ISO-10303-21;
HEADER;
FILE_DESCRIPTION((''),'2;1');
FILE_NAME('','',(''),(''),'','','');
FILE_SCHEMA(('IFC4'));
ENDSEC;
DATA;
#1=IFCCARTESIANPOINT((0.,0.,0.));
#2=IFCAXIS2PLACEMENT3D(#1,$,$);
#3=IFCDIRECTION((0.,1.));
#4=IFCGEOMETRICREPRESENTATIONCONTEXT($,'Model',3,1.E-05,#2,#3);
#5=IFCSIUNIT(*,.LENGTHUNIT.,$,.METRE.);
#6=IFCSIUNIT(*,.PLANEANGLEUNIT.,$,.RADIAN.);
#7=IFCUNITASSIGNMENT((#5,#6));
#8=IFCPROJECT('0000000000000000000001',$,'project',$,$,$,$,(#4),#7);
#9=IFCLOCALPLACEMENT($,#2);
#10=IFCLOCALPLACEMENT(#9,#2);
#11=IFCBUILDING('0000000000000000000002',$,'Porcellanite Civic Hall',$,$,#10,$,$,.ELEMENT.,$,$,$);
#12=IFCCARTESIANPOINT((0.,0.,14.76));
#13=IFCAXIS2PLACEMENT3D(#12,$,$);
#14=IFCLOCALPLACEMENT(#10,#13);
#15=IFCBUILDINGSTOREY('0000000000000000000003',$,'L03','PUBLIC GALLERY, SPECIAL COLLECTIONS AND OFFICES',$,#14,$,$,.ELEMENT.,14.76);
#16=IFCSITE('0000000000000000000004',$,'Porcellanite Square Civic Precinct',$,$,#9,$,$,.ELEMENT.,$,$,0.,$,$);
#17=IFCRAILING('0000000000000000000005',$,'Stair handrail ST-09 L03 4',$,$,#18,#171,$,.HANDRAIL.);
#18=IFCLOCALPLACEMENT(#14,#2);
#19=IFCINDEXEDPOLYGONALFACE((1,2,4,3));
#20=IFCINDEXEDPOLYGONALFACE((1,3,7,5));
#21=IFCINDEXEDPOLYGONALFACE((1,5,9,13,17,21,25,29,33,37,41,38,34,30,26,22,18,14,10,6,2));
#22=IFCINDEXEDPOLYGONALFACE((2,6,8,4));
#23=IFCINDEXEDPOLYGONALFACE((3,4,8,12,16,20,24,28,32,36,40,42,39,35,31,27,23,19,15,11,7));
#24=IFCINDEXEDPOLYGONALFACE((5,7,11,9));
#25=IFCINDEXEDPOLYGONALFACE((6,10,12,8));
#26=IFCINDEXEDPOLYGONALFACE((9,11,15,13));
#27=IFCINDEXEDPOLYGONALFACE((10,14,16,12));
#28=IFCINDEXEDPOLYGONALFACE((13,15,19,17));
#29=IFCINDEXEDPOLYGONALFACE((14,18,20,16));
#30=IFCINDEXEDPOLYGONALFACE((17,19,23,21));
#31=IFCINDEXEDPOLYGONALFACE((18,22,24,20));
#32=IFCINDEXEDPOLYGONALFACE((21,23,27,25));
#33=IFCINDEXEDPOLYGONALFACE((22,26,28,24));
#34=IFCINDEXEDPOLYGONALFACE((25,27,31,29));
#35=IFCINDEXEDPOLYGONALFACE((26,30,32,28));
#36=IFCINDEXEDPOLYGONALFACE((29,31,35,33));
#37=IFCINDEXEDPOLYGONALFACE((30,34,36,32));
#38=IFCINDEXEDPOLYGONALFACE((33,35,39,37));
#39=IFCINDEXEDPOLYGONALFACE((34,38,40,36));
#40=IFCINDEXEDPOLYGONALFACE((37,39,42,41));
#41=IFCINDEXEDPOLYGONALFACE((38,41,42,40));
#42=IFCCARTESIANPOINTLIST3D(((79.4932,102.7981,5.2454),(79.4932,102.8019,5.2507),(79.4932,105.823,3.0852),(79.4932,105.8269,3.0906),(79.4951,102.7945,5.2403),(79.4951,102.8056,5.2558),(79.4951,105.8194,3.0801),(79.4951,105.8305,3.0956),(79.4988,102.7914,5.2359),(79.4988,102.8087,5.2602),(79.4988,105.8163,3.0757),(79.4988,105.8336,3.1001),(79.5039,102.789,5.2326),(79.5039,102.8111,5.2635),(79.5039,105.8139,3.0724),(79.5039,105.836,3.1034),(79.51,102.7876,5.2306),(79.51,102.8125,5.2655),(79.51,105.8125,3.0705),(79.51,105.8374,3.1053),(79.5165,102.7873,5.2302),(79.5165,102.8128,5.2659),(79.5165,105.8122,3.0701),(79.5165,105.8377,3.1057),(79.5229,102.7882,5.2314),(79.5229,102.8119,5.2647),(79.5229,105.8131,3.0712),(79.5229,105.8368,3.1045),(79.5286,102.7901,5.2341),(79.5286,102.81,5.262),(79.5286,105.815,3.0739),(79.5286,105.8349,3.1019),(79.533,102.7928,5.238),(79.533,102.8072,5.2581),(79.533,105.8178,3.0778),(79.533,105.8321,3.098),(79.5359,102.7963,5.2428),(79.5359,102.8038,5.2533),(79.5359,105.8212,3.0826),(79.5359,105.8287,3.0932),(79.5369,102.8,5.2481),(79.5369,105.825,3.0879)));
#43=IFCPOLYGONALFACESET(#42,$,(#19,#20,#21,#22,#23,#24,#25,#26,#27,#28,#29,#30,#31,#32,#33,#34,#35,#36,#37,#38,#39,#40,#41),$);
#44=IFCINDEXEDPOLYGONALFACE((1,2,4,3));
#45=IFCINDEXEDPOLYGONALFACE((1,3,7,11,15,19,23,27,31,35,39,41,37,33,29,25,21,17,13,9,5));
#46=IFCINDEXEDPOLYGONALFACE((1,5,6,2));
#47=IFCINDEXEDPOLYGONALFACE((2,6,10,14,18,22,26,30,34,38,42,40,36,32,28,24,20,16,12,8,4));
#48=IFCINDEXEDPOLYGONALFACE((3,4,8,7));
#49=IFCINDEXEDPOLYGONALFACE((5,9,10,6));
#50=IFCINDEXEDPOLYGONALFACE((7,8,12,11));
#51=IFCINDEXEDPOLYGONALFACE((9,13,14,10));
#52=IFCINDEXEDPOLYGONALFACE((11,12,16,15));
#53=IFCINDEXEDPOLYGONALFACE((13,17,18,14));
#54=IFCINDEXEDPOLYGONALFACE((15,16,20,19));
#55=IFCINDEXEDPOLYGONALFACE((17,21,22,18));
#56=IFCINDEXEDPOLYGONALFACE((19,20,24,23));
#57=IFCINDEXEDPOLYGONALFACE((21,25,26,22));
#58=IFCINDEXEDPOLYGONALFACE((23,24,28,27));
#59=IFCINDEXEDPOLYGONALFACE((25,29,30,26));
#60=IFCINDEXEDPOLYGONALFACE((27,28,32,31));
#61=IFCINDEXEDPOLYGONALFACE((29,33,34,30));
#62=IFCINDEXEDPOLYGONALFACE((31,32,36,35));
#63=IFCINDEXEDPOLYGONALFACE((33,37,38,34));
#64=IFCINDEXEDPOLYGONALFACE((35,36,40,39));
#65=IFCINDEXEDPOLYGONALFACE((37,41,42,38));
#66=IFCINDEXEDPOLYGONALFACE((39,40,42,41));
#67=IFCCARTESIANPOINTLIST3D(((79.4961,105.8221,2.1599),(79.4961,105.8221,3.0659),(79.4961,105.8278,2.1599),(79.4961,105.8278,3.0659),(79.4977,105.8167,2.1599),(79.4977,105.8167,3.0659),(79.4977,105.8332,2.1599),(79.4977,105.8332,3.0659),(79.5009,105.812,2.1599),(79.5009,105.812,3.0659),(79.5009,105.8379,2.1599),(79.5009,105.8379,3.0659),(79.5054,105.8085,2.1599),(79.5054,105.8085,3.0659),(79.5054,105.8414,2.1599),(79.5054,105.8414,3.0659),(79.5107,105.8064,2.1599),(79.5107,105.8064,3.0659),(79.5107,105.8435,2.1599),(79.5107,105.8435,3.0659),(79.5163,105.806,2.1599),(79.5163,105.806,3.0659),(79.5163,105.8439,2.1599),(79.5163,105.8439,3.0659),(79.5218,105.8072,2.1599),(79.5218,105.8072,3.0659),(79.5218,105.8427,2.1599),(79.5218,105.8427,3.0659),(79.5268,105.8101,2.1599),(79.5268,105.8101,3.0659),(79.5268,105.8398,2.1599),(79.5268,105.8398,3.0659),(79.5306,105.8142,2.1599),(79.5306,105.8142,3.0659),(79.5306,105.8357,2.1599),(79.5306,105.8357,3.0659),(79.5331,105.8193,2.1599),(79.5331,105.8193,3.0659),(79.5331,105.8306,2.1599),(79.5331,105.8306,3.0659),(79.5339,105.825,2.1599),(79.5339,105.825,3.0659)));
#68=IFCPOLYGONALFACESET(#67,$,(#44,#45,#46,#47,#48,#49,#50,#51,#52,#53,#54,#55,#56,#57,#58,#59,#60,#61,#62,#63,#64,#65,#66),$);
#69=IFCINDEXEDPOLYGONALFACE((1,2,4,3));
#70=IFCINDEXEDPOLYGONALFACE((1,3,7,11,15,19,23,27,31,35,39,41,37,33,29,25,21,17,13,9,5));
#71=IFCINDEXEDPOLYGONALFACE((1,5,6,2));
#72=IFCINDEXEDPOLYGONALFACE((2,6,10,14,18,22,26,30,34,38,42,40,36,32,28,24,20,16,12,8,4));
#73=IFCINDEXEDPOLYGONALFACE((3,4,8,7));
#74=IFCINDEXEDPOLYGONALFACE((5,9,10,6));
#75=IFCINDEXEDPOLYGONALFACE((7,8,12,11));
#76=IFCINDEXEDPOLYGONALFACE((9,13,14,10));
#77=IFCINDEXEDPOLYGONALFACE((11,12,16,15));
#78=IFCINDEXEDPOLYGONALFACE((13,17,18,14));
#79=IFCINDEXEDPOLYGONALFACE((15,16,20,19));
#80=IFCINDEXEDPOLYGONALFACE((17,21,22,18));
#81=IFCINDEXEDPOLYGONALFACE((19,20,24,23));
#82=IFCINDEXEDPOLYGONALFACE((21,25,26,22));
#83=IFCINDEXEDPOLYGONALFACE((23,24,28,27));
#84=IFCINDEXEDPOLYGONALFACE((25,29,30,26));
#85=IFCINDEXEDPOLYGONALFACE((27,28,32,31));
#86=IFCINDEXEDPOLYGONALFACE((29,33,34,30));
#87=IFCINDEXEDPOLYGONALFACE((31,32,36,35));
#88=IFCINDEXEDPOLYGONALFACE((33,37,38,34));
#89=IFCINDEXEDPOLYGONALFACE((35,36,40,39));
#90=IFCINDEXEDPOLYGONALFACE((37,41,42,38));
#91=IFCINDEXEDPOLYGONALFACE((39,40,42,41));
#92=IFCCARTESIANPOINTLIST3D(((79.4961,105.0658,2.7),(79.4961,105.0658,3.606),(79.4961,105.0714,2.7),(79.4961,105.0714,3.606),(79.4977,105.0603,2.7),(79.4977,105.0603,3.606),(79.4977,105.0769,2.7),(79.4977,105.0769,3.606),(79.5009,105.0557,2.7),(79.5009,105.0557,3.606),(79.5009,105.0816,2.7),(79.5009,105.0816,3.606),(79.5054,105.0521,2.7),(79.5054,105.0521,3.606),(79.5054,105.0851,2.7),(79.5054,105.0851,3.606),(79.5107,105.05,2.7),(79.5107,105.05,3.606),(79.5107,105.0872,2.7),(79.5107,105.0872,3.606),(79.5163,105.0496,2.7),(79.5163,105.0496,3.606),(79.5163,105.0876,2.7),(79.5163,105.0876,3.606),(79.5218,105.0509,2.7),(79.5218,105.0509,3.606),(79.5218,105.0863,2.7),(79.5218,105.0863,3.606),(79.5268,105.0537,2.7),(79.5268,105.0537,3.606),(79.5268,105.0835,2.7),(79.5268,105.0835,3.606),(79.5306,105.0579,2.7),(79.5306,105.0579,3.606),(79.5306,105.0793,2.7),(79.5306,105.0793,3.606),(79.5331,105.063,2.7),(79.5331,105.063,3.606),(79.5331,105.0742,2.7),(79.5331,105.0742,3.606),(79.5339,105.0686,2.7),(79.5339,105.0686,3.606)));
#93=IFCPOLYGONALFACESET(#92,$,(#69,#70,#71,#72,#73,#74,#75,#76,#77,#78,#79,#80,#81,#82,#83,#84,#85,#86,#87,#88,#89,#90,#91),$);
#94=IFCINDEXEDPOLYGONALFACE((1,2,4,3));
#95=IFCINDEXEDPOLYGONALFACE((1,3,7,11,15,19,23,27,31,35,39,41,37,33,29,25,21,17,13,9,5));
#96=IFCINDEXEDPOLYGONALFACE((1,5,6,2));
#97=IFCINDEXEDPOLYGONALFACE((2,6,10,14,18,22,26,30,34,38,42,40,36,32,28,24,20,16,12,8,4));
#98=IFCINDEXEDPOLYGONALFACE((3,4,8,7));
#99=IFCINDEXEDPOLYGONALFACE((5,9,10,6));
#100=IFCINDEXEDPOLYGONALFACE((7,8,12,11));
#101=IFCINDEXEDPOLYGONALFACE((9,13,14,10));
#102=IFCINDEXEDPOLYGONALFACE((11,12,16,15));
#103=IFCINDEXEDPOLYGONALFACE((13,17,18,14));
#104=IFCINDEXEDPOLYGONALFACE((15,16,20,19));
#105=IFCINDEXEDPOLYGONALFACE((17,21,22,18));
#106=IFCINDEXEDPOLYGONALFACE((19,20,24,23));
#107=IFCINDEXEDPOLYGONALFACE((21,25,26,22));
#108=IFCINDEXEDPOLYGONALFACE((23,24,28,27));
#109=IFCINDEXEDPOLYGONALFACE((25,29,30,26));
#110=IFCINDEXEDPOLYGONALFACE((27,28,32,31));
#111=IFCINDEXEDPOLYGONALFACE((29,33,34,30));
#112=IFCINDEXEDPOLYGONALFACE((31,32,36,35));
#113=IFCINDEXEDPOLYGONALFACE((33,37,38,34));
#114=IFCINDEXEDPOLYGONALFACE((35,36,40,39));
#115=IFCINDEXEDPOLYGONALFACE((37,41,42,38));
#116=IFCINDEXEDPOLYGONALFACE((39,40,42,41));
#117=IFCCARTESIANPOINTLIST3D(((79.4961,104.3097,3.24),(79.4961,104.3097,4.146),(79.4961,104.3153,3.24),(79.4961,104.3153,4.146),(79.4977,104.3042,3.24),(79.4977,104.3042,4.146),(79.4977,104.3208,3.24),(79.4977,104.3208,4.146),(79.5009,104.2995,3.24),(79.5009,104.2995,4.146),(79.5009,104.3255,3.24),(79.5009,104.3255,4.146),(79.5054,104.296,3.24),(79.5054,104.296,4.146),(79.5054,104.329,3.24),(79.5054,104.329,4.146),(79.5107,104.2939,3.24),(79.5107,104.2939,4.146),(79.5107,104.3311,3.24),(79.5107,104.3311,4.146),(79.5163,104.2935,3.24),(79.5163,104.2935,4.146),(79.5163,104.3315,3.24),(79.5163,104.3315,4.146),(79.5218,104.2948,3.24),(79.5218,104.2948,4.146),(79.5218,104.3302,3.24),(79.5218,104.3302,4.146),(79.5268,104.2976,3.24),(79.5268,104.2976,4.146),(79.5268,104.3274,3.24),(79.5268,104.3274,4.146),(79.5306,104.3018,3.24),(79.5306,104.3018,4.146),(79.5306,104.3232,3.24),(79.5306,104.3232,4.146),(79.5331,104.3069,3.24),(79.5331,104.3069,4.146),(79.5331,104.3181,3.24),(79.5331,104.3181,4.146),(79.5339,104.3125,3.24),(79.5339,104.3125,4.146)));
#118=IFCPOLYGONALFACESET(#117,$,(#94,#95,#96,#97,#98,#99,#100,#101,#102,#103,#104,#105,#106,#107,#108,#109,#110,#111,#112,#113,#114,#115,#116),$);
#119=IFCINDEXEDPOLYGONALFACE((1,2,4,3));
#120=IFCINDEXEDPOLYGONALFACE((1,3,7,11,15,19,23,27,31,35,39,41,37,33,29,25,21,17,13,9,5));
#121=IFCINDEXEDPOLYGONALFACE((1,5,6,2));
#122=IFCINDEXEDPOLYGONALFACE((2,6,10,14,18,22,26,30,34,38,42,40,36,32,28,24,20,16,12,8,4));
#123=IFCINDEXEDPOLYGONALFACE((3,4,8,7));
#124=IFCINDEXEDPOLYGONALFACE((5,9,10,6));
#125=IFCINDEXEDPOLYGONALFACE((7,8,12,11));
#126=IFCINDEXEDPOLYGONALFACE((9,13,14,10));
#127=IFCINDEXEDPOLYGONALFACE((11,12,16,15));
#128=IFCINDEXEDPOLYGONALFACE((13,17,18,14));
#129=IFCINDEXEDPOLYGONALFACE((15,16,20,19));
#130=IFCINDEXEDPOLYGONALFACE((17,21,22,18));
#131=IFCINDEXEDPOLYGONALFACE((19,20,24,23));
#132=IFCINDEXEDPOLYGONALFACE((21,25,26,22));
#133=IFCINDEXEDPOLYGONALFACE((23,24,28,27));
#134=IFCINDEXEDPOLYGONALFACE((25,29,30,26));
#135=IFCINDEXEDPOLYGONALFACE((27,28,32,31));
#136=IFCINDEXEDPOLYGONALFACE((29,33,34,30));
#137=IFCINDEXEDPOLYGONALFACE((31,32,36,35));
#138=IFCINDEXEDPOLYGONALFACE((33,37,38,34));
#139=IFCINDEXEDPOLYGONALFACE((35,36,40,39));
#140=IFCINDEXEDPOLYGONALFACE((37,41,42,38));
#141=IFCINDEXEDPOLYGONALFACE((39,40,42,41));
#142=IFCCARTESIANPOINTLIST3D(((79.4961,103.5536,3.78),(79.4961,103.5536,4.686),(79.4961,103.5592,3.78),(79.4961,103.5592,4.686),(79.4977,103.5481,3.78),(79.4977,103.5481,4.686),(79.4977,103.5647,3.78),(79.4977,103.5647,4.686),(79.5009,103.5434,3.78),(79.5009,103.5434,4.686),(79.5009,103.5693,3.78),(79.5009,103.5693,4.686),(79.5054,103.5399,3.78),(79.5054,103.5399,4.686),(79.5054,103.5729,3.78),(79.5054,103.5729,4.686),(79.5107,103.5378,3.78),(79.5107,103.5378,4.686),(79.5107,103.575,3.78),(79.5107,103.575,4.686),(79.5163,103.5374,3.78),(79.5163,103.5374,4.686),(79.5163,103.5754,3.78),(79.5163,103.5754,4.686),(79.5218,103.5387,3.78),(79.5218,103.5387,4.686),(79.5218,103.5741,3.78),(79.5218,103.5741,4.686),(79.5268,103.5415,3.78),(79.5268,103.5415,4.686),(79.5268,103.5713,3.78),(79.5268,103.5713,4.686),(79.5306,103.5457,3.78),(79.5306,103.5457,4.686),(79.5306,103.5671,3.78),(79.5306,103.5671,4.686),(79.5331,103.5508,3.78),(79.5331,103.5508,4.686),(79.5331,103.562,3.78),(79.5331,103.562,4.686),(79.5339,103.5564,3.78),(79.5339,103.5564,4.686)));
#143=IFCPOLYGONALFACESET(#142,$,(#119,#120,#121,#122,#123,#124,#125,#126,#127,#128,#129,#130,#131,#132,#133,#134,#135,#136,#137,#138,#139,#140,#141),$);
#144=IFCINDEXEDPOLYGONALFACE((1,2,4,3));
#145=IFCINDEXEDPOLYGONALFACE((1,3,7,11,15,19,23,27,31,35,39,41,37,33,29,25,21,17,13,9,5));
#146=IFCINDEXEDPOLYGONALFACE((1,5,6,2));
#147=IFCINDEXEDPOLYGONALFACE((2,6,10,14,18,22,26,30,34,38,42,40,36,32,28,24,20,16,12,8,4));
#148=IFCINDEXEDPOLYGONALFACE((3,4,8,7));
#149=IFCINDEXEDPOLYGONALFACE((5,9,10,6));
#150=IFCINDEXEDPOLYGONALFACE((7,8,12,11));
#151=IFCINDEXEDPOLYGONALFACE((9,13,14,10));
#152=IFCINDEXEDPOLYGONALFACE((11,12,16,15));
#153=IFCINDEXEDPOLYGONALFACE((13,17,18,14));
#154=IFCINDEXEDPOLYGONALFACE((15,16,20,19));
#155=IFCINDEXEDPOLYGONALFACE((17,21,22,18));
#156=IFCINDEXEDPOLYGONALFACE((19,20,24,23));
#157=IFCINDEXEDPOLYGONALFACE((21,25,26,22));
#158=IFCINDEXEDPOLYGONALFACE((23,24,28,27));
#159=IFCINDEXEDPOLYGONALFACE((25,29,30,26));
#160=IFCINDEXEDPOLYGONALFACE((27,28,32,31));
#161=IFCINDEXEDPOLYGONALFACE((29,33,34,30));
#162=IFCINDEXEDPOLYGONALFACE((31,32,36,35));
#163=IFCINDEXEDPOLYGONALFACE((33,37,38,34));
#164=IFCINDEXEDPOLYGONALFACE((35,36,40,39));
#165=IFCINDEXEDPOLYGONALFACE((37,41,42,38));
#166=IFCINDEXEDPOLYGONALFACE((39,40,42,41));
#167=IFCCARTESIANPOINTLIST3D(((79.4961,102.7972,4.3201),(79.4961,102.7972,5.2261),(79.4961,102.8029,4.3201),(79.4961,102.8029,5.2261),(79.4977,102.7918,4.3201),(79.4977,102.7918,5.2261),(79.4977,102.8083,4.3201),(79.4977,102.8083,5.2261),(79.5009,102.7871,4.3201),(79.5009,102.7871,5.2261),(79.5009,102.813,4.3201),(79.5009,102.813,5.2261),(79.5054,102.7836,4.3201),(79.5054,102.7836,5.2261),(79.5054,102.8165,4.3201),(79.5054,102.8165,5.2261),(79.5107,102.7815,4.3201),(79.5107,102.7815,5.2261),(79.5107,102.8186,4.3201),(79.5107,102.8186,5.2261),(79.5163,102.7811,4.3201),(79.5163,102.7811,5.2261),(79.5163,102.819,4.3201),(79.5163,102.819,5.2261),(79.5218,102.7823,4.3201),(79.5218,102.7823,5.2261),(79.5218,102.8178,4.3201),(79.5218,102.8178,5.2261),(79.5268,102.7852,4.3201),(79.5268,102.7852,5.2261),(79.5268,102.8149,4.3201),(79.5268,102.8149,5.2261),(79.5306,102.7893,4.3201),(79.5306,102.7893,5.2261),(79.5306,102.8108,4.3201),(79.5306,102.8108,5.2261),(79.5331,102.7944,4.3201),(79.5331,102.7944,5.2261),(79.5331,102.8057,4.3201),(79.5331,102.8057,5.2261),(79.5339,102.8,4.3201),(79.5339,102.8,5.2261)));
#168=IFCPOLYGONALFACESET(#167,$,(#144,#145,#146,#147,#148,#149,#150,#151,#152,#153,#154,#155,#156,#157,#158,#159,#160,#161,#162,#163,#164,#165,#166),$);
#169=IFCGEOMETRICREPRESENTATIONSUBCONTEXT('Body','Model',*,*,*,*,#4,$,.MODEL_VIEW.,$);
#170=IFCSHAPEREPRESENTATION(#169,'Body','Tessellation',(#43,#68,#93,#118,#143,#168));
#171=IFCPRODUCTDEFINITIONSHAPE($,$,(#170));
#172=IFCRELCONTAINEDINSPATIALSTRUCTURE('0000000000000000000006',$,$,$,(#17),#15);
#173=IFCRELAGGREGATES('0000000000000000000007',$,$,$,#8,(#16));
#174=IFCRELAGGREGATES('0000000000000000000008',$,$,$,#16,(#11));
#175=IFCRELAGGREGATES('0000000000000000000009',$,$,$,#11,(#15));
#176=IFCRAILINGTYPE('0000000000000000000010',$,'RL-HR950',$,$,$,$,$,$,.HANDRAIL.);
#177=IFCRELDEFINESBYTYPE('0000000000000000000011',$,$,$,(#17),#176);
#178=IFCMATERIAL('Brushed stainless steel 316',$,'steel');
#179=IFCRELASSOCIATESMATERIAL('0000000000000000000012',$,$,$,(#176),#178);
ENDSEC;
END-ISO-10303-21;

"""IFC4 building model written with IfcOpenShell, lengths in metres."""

from ifc_helpers import new_model, si_unit, direction, frame, origin, origin_2d, place, context, subcontext, project, spatial, circle, extrude, material, type_object, element, save


model = new_model("IFC4")

# Units and contexts
model_context = context("Model", 3, precision=1e-05, world=origin(), true_north=direction((0.0, 1.0)))
body_context = subcontext(model_context, "Body", "Model", "MODEL_VIEW")
ifc_project = project(units=[si_unit("LENGTHUNIT", "METRE"), si_unit("PLANEANGLEUNIT", "RADIAN")], contexts=[model_context])

# Site, building, storey
site_placement = place(None, origin())
site = spatial("IfcSite", under=ifc_project, at=site_placement, Name="Porcellanite Square Civic Precinct", CompositionType="ELEMENT", RefElevation=0.0)
building_placement = place(site_placement, origin())
building = spatial("IfcBuilding", under=site, at=building_placement, Name="Porcellanite Civic Hall", CompositionType="ELEMENT")
storey_placement = place(building_placement, frame((0.0, 0.0, 14.76)))
storey = spatial("IfcBuildingStorey", under=building, at=storey_placement, Name="L03", Description="PUBLIC GALLERY, SPECIAL COLLECTIONS AND OFFICES", CompositionType="ELEMENT", Elevation=14.76)

# Railing
ifc_material_1 = material(Name="Brushed stainless steel 316", Category="steel")
railing_type_1 = type_object("IfcRailingType", Name="RL-HR950", PredefinedType="HANDRAIL", material=ifc_material_1)
railing_1_placement = place(storey_placement, frame((79.5149, 105.825, 2.1599)))
element("IfcRailing", 1, at=railing_1_placement, inside=storey, type_object=railing_type_1, Name="Stair handrail ST-09 L03 4", PredefinedType="HANDRAIL", context=body_context, shape_type="SweptSolid", body=[
    extrude(circle(Radius=0.022, at=origin_2d()), frame((0.0, 0.0, 0.928), z_axis=(0.0, -0.813796, 0.581151), x_axis=(1.0, 0.0, 0.0)), (0.0, 0.0, 1.0), 3.717),
    extrude(circle(Radius=0.019, at=origin_2d()), origin(), (0.0, 0.0, 1.0), 0.906),
    extrude(circle(Radius=0.019, at=origin_2d()), frame((0.0, -0.7563, 0.54)), (0.0, 0.0, 1.0), 0.906),
    extrude(circle(Radius=0.019, at=origin_2d()), frame((0.0, -1.5125, 1.0801)), (0.0, 0.0, 1.0), 0.906),
    extrude(circle(Radius=0.019, at=origin_2d()), frame((0.0, -2.2686, 1.6201)), (0.0, 0.0, 1.0), 0.906),
    extrude(circle(Radius=0.019, at=origin_2d()), frame((0.0, -3.0249, 2.1602)), (0.0, 0.0, 1.0), 0.906),
])

save(model, "model.ifc")
